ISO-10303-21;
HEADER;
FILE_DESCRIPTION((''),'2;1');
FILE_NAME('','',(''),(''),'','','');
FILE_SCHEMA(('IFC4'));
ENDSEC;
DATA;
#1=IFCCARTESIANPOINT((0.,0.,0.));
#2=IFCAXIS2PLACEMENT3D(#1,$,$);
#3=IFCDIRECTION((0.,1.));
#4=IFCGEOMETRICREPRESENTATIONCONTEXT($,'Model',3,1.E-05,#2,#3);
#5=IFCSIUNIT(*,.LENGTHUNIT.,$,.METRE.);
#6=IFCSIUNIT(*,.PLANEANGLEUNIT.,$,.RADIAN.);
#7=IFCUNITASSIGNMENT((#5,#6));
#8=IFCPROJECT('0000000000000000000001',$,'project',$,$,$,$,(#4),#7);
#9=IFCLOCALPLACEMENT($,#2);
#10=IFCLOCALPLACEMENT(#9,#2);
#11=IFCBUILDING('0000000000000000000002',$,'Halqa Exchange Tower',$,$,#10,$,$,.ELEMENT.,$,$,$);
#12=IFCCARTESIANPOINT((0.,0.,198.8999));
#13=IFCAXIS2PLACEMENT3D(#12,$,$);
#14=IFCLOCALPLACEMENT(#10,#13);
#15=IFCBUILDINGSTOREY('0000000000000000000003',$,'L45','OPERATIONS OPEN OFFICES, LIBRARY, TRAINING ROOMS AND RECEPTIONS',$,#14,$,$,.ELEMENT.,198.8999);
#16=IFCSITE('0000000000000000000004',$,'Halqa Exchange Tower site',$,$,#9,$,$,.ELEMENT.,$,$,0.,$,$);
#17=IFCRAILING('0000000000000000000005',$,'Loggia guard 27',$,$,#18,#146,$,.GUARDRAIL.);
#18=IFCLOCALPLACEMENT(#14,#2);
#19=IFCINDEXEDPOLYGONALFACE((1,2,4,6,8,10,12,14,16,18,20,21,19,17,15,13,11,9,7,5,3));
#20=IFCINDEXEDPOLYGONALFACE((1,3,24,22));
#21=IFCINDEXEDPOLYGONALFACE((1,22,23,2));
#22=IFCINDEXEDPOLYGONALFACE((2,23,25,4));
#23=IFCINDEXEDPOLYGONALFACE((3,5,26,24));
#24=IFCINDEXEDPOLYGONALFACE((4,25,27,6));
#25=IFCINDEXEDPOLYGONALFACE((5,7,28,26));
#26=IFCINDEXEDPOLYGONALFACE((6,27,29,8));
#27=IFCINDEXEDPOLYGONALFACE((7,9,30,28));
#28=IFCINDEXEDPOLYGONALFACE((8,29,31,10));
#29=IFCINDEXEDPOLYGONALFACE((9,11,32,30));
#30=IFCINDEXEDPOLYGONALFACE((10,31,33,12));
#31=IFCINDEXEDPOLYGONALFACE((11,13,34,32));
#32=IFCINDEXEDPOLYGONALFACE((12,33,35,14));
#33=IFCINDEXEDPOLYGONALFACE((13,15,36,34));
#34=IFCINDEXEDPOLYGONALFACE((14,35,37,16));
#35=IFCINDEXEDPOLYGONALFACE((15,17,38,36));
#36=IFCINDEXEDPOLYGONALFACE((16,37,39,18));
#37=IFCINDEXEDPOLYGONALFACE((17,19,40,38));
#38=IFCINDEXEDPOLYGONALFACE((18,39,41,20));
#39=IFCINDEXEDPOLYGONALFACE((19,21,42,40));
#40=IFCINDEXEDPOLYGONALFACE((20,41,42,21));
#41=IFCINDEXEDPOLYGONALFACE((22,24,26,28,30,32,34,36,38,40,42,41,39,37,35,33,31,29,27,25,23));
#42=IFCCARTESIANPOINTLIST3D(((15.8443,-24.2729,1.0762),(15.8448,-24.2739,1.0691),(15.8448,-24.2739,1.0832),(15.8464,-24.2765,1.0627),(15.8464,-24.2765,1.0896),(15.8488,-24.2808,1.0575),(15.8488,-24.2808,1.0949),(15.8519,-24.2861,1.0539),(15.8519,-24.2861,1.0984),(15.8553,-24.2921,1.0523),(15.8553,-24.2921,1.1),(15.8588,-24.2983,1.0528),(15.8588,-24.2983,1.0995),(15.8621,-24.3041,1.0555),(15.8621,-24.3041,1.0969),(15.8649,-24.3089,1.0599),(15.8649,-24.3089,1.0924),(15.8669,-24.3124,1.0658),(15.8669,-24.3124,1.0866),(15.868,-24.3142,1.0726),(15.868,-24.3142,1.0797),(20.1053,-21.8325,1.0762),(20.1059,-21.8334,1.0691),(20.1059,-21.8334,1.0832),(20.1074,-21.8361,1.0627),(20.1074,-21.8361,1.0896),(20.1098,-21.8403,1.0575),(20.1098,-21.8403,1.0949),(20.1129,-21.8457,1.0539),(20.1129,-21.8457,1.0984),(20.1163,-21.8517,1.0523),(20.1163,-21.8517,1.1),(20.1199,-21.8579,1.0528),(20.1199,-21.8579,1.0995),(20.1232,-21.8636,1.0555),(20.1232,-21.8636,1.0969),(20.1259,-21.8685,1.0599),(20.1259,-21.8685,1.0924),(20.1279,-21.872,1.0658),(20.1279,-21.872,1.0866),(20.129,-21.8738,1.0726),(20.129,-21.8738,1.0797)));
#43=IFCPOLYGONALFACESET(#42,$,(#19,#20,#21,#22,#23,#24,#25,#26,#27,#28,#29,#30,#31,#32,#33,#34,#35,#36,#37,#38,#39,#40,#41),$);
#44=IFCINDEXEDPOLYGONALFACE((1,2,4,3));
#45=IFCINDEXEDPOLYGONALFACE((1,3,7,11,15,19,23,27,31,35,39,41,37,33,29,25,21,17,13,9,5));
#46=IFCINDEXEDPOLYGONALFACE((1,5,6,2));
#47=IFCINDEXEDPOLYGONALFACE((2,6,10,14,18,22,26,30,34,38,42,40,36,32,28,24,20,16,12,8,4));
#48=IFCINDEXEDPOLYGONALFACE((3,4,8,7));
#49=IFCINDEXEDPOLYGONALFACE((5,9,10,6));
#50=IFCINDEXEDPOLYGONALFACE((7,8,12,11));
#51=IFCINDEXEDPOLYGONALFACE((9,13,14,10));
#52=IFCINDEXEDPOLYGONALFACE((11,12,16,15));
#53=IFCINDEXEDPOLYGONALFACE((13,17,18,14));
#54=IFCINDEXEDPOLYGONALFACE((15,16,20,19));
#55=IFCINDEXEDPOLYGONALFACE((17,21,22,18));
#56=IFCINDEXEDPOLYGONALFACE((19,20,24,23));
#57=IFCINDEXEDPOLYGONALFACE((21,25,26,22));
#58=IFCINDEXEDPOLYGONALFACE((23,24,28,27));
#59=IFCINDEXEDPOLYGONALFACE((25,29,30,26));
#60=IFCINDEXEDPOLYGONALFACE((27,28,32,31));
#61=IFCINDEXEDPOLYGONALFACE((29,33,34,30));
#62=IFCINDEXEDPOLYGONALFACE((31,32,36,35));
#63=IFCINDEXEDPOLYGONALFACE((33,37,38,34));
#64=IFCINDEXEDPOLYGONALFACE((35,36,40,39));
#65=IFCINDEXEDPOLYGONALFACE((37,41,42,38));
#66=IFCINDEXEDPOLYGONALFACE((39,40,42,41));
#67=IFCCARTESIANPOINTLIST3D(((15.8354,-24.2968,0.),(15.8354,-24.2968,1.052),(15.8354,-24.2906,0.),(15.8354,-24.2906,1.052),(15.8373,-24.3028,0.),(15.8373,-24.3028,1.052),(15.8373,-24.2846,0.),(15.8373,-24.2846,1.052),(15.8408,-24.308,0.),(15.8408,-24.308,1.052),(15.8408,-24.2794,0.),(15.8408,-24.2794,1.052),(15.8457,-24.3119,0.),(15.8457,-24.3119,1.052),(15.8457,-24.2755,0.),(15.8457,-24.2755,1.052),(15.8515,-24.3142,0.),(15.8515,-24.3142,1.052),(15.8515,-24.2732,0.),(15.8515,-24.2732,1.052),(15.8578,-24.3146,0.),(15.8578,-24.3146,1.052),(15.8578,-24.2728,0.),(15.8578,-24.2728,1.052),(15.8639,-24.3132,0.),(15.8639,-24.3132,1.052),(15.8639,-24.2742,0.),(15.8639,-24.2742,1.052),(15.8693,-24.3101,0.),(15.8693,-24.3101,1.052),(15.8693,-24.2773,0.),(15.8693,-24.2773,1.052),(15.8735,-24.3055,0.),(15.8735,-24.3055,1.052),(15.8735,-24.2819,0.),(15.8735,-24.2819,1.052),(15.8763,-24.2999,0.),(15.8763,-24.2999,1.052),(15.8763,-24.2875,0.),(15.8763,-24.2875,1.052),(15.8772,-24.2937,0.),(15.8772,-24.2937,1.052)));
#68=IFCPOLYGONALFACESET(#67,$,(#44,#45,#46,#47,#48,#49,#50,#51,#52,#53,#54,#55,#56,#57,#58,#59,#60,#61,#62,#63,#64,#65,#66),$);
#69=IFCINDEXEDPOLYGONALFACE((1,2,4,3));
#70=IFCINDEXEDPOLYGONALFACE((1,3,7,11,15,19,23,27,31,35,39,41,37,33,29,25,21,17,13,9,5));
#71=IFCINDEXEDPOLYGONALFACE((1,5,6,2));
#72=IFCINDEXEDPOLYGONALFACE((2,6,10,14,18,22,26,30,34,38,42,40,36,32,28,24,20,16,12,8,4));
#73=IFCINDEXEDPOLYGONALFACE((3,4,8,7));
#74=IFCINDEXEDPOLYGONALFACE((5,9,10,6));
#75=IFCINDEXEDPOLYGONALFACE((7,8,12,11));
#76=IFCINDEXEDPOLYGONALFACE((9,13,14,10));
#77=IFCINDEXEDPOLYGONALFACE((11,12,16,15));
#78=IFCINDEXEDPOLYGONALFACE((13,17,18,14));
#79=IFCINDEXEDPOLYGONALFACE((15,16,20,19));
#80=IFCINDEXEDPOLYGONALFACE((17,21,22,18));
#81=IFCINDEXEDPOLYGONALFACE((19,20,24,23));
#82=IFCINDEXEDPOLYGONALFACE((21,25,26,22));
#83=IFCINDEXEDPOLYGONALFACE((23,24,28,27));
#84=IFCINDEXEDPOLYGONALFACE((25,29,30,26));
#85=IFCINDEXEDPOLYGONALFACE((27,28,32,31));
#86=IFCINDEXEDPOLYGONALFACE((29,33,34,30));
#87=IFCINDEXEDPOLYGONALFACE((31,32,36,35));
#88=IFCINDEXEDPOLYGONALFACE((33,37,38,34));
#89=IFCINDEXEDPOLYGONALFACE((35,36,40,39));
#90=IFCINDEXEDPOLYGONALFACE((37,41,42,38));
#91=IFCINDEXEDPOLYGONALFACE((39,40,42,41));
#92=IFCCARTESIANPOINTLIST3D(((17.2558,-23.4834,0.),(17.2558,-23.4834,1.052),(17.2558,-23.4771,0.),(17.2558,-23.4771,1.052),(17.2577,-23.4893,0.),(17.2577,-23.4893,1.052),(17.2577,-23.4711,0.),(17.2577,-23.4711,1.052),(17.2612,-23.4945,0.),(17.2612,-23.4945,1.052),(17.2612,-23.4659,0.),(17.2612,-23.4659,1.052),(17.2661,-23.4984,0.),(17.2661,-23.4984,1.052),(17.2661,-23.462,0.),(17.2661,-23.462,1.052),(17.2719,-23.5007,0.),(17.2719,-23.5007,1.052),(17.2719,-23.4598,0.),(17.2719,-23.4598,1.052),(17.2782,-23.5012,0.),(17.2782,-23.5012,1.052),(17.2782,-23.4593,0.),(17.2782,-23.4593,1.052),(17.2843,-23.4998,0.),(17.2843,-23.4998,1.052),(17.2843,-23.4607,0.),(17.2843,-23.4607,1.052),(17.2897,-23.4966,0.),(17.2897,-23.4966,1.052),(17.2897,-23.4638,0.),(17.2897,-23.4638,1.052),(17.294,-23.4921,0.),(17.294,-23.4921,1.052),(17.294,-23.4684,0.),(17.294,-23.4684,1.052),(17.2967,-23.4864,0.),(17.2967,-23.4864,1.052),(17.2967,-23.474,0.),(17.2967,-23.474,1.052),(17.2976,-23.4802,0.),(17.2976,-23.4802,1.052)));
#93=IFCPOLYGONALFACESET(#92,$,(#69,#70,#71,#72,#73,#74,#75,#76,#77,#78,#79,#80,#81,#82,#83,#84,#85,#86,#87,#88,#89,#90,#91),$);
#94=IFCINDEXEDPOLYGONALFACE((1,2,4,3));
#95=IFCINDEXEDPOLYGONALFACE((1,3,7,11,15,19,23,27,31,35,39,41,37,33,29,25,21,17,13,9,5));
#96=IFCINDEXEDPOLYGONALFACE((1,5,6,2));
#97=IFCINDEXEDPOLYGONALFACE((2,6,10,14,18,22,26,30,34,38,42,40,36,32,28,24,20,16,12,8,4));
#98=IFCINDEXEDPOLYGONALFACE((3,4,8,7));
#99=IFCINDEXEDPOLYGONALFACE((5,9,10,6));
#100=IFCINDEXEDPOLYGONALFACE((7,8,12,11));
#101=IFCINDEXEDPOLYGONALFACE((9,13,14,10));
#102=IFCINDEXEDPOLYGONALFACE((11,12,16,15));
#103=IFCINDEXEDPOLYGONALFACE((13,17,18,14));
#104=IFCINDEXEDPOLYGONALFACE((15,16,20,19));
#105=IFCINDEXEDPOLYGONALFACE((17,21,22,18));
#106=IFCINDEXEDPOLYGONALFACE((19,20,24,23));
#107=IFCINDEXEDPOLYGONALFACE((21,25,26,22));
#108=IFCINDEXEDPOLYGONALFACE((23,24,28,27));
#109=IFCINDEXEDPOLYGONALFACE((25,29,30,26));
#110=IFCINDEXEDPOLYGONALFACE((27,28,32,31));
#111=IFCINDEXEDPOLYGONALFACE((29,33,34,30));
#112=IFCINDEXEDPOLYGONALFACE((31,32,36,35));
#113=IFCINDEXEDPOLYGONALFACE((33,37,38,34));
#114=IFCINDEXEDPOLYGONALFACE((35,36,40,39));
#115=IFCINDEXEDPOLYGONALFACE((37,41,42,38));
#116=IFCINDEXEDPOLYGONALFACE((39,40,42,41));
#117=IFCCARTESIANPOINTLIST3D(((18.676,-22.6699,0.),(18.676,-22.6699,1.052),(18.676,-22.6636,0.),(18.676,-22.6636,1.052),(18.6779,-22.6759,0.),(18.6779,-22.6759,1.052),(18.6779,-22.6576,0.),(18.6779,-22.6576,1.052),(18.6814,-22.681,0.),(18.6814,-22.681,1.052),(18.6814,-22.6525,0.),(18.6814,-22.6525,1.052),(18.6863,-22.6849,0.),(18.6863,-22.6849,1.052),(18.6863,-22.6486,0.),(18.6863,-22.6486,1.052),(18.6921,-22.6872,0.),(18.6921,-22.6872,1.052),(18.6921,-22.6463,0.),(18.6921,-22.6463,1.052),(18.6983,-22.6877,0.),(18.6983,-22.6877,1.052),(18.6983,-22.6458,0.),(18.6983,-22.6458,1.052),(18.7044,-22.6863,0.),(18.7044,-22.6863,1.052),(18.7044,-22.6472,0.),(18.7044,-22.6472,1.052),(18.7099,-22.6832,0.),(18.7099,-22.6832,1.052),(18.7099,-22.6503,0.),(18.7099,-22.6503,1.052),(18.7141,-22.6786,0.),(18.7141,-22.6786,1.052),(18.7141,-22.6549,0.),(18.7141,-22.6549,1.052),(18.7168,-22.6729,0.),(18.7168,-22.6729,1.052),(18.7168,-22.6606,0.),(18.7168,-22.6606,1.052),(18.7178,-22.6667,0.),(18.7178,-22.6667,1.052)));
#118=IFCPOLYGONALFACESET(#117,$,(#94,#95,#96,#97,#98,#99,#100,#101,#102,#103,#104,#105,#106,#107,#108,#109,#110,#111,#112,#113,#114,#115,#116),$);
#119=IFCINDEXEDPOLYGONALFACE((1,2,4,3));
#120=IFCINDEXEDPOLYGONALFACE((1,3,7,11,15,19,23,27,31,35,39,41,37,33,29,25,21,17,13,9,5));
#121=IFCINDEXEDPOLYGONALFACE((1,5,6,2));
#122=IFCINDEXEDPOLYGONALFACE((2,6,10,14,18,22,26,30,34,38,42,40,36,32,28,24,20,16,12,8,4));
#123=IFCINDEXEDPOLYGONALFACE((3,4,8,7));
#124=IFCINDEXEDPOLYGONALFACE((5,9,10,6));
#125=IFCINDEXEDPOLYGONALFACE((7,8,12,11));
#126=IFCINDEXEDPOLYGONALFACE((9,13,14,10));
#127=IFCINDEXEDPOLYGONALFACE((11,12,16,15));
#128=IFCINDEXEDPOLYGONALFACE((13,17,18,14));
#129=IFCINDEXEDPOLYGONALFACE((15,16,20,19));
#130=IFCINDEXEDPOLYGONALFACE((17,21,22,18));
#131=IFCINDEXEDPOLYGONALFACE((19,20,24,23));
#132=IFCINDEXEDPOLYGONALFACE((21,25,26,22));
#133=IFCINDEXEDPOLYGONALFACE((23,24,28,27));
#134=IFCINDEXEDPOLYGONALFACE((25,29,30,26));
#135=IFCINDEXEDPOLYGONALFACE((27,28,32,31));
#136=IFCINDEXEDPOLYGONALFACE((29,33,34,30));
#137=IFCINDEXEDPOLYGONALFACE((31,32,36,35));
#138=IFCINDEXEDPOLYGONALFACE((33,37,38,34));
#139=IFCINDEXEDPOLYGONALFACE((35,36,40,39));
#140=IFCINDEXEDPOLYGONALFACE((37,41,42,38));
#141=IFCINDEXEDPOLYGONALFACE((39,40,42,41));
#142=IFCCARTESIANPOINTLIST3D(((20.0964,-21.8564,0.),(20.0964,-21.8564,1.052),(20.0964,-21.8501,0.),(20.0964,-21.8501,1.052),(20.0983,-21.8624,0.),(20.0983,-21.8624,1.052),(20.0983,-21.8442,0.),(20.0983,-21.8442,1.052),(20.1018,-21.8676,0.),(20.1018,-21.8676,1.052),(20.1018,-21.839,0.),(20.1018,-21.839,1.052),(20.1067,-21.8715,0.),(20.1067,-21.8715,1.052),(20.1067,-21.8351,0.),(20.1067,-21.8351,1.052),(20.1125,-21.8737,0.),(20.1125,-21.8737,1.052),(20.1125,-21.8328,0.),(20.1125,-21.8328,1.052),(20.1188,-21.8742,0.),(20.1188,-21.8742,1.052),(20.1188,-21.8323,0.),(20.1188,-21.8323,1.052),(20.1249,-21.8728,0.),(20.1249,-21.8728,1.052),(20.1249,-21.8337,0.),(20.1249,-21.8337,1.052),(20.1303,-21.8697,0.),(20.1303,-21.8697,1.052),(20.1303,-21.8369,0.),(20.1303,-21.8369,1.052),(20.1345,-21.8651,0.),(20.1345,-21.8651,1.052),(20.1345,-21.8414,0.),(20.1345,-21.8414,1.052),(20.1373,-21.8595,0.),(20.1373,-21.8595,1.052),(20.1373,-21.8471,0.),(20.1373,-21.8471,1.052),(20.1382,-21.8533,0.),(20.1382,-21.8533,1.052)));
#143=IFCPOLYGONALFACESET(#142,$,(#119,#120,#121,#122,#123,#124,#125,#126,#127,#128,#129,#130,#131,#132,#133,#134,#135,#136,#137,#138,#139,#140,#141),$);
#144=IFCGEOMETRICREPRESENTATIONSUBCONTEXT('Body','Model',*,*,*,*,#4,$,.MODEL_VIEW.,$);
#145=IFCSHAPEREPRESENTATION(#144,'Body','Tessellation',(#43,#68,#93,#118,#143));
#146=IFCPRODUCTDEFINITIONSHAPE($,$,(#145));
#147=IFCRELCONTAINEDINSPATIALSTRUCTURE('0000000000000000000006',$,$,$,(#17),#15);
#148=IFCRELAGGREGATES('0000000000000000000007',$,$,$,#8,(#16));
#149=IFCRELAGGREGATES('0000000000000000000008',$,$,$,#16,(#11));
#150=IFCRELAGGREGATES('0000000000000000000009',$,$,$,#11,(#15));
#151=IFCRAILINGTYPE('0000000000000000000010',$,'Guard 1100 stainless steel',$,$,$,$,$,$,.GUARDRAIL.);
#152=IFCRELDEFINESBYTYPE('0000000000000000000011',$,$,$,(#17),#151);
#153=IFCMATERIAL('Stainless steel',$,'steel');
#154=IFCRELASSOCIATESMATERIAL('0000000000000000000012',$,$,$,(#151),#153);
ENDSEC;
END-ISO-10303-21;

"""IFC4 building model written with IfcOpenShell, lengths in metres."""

from ifc_helpers import new_model, si_unit, direction, frame, origin, origin_2d, place, context, subcontext, project, spatial, circle, extrude, material, type_object, element, save


model = new_model("IFC4")

# Units and contexts
model_context = context("Model", 3, precision=1e-05, world=origin(), true_north=direction((0.0, 1.0)))
body_context = subcontext(model_context, "Body", "Model", "MODEL_VIEW")
ifc_project = project(units=[si_unit("LENGTHUNIT", "METRE"), si_unit("PLANEANGLEUNIT", "RADIAN")], contexts=[model_context])

# Site, building, storey
site_placement = place(None, origin())
site = spatial("IfcSite", under=ifc_project, at=site_placement, Name="Halqa Exchange Tower site", CompositionType="ELEMENT", RefElevation=0.0)
building_placement = place(site_placement, origin())
building = spatial("IfcBuilding", under=site, at=building_placement, Name="Halqa Exchange Tower", CompositionType="ELEMENT")
storey_placement = place(building_placement, frame((0.0, 0.0, 198.8999)))
storey = spatial("IfcBuildingStorey", under=building, at=storey_placement, Name="L45", Description="OPERATIONS OPEN OFFICES, LIBRARY, TRAINING ROOMS AND RECEPTIONS", CompositionType="ELEMENT", Elevation=198.8999)

# Railing
ifc_material_1 = material(Name="Stainless steel", Category="steel")
railing_type = type_object("IfcRailingType", Name="Guard 1100 stainless steel", PredefinedType="GUARDRAIL", material=ifc_material_1)
railing_1_placement = place(storey_placement, frame((15.8562, -24.2937, 0.0)))
element("IfcRailing", 1, at=railing_1_placement, inside=storey, type_object=railing_type, Name="Loggia guard 27", PredefinedType="GUARDRAIL", context=body_context, shape_type="SweptSolid", body=[
    extrude(circle(Radius=0.0239, at=origin_2d()), frame((0.0, 0.0, 1.0762), z_axis=(0.867753, 0.496995, 0.0), x_axis=(-0.496995, 0.867753, 0.0)), (0.0, 0.0, 1.0), 4.9104),
    extrude(circle(Radius=0.021, at=origin_2d()), origin(), (0.0, 0.0, 1.0), 1.052),
    extrude(circle(Radius=0.021, at=origin_2d()), frame((1.4204, 0.8135, 0.0)), (0.0, 0.0, 1.0), 1.052),
    extrude(circle(Radius=0.021, at=origin_2d()), frame((2.8406, 1.627, 0.0)), (0.0, 0.0, 1.0), 1.052),
    extrude(circle(Radius=0.021, at=origin_2d()), frame((4.261, 2.4404, 0.0)), (0.0, 0.0, 1.0), 1.052),
])

save(model, "model.ifc")
